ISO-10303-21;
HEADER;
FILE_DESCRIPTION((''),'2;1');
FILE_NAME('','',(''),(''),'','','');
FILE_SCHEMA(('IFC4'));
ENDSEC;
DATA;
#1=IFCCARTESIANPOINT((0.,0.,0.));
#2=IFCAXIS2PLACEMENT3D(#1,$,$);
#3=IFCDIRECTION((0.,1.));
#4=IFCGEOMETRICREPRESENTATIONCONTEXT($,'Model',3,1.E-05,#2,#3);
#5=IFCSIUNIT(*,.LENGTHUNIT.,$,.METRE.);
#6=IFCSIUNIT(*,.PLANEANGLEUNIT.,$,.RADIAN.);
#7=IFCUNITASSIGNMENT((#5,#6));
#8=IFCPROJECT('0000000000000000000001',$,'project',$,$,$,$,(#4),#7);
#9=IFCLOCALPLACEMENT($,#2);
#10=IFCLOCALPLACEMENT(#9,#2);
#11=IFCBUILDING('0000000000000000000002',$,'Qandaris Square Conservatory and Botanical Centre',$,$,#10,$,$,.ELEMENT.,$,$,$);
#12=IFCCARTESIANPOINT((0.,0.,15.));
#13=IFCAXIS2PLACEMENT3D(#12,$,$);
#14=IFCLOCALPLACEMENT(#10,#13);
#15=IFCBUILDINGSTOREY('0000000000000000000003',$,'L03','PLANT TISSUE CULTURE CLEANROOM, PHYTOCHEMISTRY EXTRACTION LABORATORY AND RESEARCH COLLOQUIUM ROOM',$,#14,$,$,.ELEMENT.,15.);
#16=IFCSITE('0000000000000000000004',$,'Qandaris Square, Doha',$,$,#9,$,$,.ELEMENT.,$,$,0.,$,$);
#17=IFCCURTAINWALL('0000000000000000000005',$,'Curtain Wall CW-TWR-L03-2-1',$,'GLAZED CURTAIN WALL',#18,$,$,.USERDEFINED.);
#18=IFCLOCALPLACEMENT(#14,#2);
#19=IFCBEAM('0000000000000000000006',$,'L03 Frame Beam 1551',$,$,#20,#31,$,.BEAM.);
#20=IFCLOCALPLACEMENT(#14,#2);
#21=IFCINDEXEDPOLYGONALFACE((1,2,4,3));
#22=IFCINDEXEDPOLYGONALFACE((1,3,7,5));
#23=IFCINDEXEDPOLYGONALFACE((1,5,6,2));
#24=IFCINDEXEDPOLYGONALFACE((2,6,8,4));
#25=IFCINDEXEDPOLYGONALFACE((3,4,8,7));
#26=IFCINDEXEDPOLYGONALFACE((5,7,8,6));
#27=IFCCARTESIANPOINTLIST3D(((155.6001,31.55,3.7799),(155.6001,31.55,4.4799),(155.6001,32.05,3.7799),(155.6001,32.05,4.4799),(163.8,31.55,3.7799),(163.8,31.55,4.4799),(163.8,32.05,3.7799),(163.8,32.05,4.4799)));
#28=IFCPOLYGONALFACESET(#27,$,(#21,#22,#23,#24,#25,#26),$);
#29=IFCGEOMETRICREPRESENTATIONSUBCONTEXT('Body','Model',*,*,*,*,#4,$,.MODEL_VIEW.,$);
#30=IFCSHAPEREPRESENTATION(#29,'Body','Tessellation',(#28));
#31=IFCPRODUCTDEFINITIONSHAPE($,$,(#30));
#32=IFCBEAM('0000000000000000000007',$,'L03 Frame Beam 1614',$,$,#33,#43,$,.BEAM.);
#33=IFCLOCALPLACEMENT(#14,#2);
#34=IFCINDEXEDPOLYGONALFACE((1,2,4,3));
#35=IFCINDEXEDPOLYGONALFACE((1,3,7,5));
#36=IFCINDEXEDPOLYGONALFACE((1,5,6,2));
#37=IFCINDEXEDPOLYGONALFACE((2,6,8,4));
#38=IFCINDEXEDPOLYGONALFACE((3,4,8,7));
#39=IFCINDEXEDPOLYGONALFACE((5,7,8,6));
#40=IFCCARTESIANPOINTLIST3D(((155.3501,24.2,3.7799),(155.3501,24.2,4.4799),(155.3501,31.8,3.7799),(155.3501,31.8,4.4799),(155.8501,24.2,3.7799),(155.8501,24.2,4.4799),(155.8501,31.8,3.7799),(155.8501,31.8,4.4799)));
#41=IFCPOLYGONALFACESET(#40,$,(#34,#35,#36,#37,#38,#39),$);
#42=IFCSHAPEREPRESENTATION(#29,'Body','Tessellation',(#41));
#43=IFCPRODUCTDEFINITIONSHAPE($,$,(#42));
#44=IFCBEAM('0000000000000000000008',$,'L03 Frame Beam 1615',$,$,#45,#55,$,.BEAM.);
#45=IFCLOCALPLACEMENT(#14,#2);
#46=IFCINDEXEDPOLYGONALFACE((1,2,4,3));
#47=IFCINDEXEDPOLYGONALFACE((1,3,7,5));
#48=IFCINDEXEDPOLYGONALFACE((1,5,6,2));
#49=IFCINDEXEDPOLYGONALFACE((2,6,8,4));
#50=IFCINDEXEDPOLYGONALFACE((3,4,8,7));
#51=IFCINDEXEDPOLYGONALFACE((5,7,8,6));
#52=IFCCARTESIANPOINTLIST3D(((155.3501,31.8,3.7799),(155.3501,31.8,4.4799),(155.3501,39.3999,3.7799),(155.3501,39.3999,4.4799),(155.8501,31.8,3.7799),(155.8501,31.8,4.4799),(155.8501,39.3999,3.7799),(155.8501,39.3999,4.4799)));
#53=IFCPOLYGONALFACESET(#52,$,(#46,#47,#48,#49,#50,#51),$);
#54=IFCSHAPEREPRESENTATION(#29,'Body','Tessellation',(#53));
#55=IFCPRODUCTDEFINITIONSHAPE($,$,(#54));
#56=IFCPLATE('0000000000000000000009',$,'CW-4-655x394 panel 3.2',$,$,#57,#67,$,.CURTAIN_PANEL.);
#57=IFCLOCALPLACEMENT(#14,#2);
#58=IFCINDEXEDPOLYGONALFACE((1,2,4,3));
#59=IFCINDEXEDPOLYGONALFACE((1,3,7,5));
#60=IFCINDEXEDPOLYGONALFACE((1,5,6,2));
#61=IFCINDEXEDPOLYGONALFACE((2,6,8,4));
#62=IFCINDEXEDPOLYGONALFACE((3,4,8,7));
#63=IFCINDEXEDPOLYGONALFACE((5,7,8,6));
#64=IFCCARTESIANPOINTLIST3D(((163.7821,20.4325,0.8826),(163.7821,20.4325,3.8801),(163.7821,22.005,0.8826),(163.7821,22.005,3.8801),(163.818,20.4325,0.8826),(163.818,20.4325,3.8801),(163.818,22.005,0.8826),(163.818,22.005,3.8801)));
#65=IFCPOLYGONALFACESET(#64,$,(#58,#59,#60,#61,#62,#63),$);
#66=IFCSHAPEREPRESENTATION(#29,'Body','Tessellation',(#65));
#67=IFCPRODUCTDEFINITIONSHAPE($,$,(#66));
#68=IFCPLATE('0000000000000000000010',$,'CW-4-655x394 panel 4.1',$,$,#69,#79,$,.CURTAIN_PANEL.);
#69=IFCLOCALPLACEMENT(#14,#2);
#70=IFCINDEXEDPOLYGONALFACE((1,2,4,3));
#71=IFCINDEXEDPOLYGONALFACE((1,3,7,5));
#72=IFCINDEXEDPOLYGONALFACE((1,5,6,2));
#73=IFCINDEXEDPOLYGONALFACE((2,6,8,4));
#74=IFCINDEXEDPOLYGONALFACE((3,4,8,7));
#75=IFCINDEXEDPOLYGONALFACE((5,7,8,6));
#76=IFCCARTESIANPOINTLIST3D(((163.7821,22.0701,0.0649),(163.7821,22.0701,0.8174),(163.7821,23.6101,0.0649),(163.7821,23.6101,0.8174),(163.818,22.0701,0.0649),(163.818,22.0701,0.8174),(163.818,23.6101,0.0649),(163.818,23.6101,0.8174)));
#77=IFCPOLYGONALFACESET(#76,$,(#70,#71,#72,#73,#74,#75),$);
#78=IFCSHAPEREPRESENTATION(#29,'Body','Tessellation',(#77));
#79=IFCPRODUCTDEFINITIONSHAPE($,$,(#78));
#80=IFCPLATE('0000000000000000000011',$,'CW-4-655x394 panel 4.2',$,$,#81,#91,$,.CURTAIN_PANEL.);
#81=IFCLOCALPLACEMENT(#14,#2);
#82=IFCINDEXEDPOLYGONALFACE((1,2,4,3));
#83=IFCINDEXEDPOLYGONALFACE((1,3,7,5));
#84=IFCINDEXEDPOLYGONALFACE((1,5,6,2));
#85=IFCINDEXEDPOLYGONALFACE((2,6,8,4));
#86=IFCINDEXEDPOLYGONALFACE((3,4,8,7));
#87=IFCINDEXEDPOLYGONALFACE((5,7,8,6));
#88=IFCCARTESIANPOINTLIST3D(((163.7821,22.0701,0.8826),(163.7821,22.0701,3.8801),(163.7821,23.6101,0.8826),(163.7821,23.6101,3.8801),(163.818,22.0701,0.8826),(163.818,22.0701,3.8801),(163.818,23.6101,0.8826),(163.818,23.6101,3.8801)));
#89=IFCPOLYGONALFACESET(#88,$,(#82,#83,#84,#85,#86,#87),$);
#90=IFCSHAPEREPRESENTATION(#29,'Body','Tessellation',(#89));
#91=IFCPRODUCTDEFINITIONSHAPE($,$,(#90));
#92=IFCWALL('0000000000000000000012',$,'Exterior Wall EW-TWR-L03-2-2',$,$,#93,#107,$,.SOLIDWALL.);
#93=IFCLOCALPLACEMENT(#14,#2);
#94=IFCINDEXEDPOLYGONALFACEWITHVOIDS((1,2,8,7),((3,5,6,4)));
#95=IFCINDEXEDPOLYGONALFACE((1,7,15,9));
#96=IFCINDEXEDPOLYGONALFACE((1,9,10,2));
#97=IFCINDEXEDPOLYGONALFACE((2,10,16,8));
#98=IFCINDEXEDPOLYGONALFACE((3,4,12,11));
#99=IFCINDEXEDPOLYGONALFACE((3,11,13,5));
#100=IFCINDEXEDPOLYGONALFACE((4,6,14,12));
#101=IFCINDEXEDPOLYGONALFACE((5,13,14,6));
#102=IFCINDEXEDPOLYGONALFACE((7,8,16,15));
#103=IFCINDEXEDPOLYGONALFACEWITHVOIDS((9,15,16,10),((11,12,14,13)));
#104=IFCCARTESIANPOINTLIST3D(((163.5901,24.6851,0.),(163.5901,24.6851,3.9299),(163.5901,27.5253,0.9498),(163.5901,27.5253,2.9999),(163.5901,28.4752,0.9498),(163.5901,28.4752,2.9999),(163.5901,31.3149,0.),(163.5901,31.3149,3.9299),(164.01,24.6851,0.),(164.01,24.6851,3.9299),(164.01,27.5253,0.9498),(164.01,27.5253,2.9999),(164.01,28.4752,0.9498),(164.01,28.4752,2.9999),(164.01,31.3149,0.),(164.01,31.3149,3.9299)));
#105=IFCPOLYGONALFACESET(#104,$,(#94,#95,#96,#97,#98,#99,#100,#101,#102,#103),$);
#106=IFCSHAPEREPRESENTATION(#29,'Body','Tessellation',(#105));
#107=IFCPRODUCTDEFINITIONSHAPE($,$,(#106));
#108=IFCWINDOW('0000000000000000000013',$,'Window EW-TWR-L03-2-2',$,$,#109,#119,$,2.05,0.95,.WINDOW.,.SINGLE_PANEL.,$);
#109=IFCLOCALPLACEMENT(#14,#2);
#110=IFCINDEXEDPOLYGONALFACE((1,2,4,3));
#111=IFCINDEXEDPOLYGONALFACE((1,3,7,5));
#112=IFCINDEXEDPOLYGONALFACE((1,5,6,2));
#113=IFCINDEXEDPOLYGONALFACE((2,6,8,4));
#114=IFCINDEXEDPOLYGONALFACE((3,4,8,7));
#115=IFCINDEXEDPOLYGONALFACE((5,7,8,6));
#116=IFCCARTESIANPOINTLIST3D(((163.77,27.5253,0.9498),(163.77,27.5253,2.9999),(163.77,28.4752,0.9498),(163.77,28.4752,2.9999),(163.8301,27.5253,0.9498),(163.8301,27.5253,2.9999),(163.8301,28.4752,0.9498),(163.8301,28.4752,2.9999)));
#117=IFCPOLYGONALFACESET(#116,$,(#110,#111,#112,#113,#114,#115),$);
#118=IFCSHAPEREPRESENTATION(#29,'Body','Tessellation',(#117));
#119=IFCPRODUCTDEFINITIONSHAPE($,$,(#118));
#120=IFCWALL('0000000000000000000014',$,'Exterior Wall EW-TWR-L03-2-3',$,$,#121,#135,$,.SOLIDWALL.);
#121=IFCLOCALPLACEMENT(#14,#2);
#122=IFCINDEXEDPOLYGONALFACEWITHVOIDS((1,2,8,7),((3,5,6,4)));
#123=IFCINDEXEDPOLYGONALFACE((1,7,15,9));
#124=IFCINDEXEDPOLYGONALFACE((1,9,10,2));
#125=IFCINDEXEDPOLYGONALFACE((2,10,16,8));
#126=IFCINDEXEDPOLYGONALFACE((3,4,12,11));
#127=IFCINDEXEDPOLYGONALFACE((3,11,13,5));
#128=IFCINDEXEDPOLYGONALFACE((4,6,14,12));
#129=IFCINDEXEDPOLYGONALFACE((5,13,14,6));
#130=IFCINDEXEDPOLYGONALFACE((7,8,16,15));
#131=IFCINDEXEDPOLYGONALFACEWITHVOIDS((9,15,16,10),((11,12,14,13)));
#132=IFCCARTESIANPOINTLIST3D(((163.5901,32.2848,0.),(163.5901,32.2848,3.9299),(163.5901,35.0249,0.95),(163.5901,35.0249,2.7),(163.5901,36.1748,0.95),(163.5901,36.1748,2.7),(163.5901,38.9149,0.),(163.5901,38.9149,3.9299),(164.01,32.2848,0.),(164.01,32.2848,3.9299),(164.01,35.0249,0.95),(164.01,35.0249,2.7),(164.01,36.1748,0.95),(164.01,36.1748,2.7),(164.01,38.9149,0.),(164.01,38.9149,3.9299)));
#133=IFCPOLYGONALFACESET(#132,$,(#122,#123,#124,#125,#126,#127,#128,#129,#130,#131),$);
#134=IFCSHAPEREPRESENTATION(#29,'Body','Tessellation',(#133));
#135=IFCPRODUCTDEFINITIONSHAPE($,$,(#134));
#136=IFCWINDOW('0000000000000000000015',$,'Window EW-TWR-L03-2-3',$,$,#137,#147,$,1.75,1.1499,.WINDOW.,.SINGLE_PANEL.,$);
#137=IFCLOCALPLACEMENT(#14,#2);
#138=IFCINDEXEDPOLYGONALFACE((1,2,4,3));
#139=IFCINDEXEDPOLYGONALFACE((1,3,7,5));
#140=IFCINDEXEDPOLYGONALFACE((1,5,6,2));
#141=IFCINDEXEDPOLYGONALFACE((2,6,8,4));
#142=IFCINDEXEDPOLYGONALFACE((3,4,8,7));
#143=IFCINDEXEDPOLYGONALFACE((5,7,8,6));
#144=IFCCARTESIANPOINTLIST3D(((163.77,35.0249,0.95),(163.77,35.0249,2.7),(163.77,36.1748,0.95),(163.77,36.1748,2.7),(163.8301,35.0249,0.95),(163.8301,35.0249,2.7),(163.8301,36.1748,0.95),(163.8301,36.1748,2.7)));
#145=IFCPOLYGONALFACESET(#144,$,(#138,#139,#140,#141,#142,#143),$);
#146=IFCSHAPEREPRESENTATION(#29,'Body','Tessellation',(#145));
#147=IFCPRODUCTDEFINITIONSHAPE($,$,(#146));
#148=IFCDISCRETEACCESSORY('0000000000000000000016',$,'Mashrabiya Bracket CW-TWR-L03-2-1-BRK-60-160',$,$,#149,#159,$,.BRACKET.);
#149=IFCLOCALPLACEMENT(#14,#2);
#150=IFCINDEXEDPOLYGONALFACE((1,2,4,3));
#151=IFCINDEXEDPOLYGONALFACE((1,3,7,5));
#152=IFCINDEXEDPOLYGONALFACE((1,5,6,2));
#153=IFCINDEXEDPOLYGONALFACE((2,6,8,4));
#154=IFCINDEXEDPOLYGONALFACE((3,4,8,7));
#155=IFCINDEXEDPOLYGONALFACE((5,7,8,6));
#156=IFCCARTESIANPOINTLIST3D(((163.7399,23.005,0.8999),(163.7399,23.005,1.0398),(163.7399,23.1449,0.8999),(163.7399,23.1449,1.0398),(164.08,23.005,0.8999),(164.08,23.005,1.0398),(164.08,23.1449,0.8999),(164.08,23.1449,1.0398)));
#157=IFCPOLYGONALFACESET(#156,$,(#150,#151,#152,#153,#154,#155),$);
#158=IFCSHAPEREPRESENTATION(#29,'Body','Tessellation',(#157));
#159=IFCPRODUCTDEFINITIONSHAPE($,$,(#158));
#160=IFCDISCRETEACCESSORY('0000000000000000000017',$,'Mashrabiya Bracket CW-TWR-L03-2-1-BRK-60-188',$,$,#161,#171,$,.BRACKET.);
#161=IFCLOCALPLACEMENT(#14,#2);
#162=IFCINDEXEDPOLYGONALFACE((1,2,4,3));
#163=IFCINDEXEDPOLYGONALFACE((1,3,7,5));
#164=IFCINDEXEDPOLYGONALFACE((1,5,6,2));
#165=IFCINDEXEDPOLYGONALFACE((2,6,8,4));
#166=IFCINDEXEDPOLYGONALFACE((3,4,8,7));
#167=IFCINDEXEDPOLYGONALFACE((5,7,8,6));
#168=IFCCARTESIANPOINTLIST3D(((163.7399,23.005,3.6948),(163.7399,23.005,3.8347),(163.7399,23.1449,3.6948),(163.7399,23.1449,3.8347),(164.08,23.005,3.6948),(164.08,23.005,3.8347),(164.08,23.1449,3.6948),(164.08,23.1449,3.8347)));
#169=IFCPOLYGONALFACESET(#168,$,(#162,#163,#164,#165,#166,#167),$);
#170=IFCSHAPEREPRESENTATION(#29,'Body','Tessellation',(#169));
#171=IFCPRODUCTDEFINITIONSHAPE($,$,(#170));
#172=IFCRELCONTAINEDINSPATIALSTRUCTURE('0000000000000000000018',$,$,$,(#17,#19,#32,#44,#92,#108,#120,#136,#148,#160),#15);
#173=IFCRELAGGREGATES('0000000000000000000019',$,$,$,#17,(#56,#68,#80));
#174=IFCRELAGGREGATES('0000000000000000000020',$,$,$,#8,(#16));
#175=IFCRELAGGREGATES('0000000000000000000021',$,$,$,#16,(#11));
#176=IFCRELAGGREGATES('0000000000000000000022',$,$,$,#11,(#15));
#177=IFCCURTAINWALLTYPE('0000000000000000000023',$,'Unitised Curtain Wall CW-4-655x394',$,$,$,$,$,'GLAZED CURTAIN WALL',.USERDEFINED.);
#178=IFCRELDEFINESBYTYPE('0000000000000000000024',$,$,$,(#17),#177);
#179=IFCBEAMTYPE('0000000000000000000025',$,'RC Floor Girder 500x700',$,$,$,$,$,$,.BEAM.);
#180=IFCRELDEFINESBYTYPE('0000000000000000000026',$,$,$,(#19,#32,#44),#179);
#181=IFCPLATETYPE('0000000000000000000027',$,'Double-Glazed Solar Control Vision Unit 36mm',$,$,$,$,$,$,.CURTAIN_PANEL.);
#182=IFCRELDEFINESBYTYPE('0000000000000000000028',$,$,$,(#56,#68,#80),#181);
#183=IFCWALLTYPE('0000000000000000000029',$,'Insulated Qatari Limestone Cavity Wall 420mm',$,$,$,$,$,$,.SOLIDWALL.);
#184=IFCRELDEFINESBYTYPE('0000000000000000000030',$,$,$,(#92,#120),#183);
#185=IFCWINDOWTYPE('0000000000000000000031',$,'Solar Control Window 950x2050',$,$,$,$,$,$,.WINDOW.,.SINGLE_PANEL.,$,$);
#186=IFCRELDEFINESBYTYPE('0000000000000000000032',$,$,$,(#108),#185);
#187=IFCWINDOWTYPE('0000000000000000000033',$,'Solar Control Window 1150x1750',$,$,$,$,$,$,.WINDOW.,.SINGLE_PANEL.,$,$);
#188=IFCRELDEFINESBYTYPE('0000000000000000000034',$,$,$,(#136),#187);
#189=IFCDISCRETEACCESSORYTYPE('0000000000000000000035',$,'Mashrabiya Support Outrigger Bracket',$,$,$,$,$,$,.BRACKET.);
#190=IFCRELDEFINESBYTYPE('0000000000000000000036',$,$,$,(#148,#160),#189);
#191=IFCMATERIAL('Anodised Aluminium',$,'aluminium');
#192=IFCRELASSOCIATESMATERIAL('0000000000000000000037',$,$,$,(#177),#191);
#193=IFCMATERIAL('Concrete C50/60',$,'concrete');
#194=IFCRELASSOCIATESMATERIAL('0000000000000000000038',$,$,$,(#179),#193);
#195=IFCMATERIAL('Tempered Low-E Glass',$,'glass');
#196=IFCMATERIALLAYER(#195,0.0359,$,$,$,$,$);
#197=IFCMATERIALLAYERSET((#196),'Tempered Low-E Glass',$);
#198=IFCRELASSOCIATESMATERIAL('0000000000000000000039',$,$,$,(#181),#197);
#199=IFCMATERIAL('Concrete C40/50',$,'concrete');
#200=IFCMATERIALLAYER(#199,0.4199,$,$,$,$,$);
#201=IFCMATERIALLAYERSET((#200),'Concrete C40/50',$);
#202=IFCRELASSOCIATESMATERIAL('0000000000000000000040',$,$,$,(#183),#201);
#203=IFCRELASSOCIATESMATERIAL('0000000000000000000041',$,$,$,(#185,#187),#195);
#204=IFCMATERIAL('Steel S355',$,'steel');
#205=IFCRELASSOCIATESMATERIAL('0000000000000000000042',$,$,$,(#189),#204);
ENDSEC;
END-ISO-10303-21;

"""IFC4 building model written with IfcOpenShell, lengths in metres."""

from ifc_helpers import new_model, si_unit, direction, frame, frame_2d, origin, origin_2d, place, context, subcontext, project, spatial, rectangle, extrude, material, layer, layer_set, material_profile, profile_set, type_object, element, fill, aggregate, save


model = new_model("IFC4")

# Units and contexts
model_context = context("Model", 3, precision=1e-05, world=origin(), true_north=direction((0.0, 1.0)))
body_context = subcontext(model_context, "Body", "Model", "MODEL_VIEW")
ifc_project = project(units=[si_unit("LENGTHUNIT", "METRE"), si_unit("PLANEANGLEUNIT", "RADIAN")], contexts=[model_context])

# Site, building, storey
site_placement = place(None, origin())
site = spatial("IfcSite", under=ifc_project, at=site_placement, Name="Qandaris Square, Doha", CompositionType="ELEMENT", RefElevation=0.0)
building_placement = place(site_placement, origin())
building = spatial("IfcBuilding", under=site, at=building_placement, Name="Qandaris Square Conservatory and Botanical Centre", CompositionType="ELEMENT")
storey_placement = place(building_placement, frame((0.0, 0.0, 15.0)))
storey = spatial("IfcBuildingStorey", under=building, at=storey_placement, Name="L03", Description="PLANT TISSUE CULTURE CLEANROOM, PHYTOCHEMISTRY EXTRACTION LABORATORY AND RESEARCH COLLOQUIUM ROOM", CompositionType="ELEMENT", Elevation=15.0)

# Shared definitions
ifc_material_1 = material(Name="Concrete C50/60", Category="concrete")

# Shared definitions
ifc_material_2 = material(Name="Steel S355", Category="steel")

# Curtain wall
ifc_material_3 = material(Name="Anodised Aluminium", Category="aluminium")
curtain_wall_type = type_object("IfcCurtainWallType", Name="Unitised Curtain Wall CW-4-655x394", ElementType="GLAZED CURTAIN WALL", PredefinedType="USERDEFINED", material=ifc_material_3)
curtain_wall_placement = place(storey_placement, origin())
curtain_wall = element("IfcCurtainWall", 1, at=curtain_wall_placement, inside=storey, type_object=curtain_wall_type, Name="Curtain Wall CW-TWR-L03-2-1", ObjectType="GLAZED CURTAIN WALL", PredefinedType="USERDEFINED")

# Beams
ifc_material_profile_1 = material_profile(ifc_material_1, rectangle(XDim=0.5, YDim=0.7, at=origin_2d()), Name="RC-BM 500x700")
ifc_profile_set_1 = profile_set([ifc_material_profile_1], Name="Concrete C50/60")
beam_type_1 = type_object("IfcBeamType", Name="RC Floor Girder 500x700", PredefinedType="BEAM", material=ifc_profile_set_1)
for number, where, z_axis, x_axis, name in (
    (2, (155.6001, 31.8, 4.1299), (1.0, 0.0, 0.0), (0.0, 1.0, 0.0), "L03 Frame Beam 1551"),
):
    element("IfcBeam", number, at=place(storey_placement, frame(where, z_axis=z_axis, x_axis=x_axis)), inside=storey, type_object=beam_type_1, Name=name, PredefinedType="BEAM", context=body_context, shape_type="SweptSolid", body=[
        extrude(rectangle(XDim=0.5, YDim=0.7, at=origin_2d()), origin(), (0.0, 0.0, 1.0), 8.2),
    ])
beam_1_placement = place(storey_placement, frame((155.6001, 24.2, 4.1299), z_axis=(0.0, 1.0, 0.0), x_axis=(-1.0, 0.0, 0.0)))
element("IfcBeam", 3, at=beam_1_placement, inside=storey, type_object=beam_type_1, Name="L03 Frame Beam 1614", PredefinedType="BEAM", context=body_context, shape_type="SweptSolid", body=[
    extrude(rectangle(XDim=0.5, YDim=0.7, at=origin_2d()), origin(), (0.0, 0.0, 1.0), 7.6001),
])
beam_2_placement = place(storey_placement, frame((155.6001, 31.8, 4.1299), z_axis=(0.0, 1.0, 0.0), x_axis=(-1.0, 0.0, 0.0)))
element("IfcBeam", 4, at=beam_2_placement, inside=storey, type_object=beam_type_1, Name="L03 Frame Beam 1615", PredefinedType="BEAM", context=body_context, shape_type="SweptSolid", body=[
    extrude(rectangle(XDim=0.5, YDim=0.7, at=origin_2d()), origin(), (0.0, 0.0, 1.0), 7.5999),
])

# Plates
ifc_material_4 = material(Name="Tempered Low-E Glass", Category="glass")
ifc_layer_1 = layer(ifc_material_4, 0.0359)
ifc_layer_set_1 = layer_set([ifc_layer_1], Name="Tempered Low-E Glass")
plate_type = type_object("IfcPlateType", Name="Double-Glazed Solar Control Vision Unit 36mm", PredefinedType="CURTAIN_PANEL", material=ifc_layer_set_1)
plate_1_placement = place(storey_placement, frame((163.8, 21.2188, 0.8826), z_axis=(0.0, 0.0, 1.0), x_axis=(0.0, 1.0, 0.0)))
plate_1 = element("IfcPlate", 5, at=plate_1_placement, type_object=plate_type, Name="CW-4-655x394 panel 3.2", PredefinedType="CURTAIN_PANEL", context=body_context, shape_type="SweptSolid", body=[
    extrude(rectangle(XDim=1.5725, YDim=0.0359, at=origin_2d()), origin(), (0.0, 0.0, 1.0), 2.9976),
])
plate_2_placement = place(storey_placement, frame((163.8, 22.8401, 0.0649), z_axis=(0.0, 0.0, 1.0), x_axis=(0.0, 1.0, 0.0)))
plate_2 = element("IfcPlate", 6, at=plate_2_placement, type_object=plate_type, Name="CW-4-655x394 panel 4.1", PredefinedType="CURTAIN_PANEL", context=body_context, shape_type="SweptSolid", body=[
    extrude(rectangle(XDim=1.54, YDim=0.0359, at=origin_2d()), origin(), (0.0, 0.0, 1.0), 0.7524),
])
plate_3_placement = place(storey_placement, frame((163.8, 22.8401, 0.8826), z_axis=(0.0, 0.0, 1.0), x_axis=(0.0, 1.0, 0.0)))
plate_3 = element("IfcPlate", 7, at=plate_3_placement, type_object=plate_type, Name="CW-4-655x394 panel 4.2", PredefinedType="CURTAIN_PANEL", context=body_context, shape_type="SweptSolid", body=[
    extrude(rectangle(XDim=1.54, YDim=0.0359, at=origin_2d()), origin(), (0.0, 0.0, 1.0), 2.9976),
])
aggregate(curtain_wall, [plate_1, plate_2, plate_3])

# Walls, openings, windows
ifc_material_5 = material(Name="Concrete C40/50", Category="concrete")
ifc_layer_2 = layer(ifc_material_5, 0.4199)
ifc_layer_set_2 = layer_set([ifc_layer_2], Name="Concrete C40/50")
wall_type = type_object("IfcWallType", Name="Insulated Qatari Limestone Cavity Wall 420mm", PredefinedType="SOLIDWALL", material=ifc_layer_set_2)
wall_1_placement = place(storey_placement, frame((163.8, 24.6851, 0.0), z_axis=(0.0, 0.0, 1.0), x_axis=(0.0, 1.0, 0.0)))
wall_1 = element("IfcWall", 8, at=wall_1_placement, inside=storey, type_object=wall_type, Name="Exterior Wall EW-TWR-L03-2-2", PredefinedType="SOLIDWALL", context=body_context, shape_type="SweptSolid", body=[
    extrude(rectangle(XDim=6.6299, YDim=0.4199, at=frame_2d((3.3149, 0.0))), origin(), (0.0, 0.0, 1.0), 3.9299),
])
opening_1_placement = place(wall_1_placement, frame((2.8401, 0.0, 0.95)))
opening_1 = element("IfcOpeningElement", 9, at=opening_1_placement, cuts=wall_1, PredefinedType="OPENING", context=body_context, shape_type="SweptSolid", body=[
    extrude(rectangle(XDim=0.95, YDim=2.05, at=frame_2d((0.4751, 1.0249))), frame((0.0, 0.2219, 0.0), z_axis=(0.0, -1.0, 0.0), x_axis=(1.0, 0.0, 0.0)), (0.0, 0.0, 1.0), 0.4438),
])
window_type_1 = type_object("IfcWindowType", Name="Solar Control Window 950x2050", PartitioningType="SINGLE_PANEL", PredefinedType="WINDOW", material=ifc_material_4)
window_1_placement = place(opening_1_placement, origin())
window_1 = element("IfcWindow", 10, at=window_1_placement, inside=storey, type_object=window_type_1, Name="Window EW-TWR-L03-2-2", OverallHeight=2.05, OverallWidth=0.95, PartitioningType="SINGLE_PANEL", PredefinedType="WINDOW", context=body_context, shape_type="SweptSolid", body=[
    extrude(rectangle(XDim=0.95, YDim=2.05, at=frame_2d((0.4751, 1.0249))), frame((0.0, 0.03, 0.0), z_axis=(0.0, -1.0, 0.0), x_axis=(1.0, 0.0, 0.0)), (0.0, 0.0, 1.0), 0.0601),
])
fill(opening_1, window_1)
wall_2_placement = place(storey_placement, frame((163.8, 32.2849, 0.0), z_axis=(0.0, 0.0, 1.0), x_axis=(0.0, 1.0, 0.0)))
wall_2 = element("IfcWall", 11, at=wall_2_placement, inside=storey, type_object=wall_type, Name="Exterior Wall EW-TWR-L03-2-3", PredefinedType="SOLIDWALL", context=body_context, shape_type="SweptSolid", body=[
    extrude(rectangle(XDim=6.6301, YDim=0.4199, at=frame_2d((3.3149, 0.0))), origin(), (0.0, 0.0, 1.0), 3.9299),
])
opening_2_placement = place(wall_2_placement, frame((2.74, 0.0, 0.95)))
opening_2 = element("IfcOpeningElement", 12, at=opening_2_placement, cuts=wall_2, PredefinedType="OPENING", context=body_context, shape_type="SweptSolid", body=[
    extrude(rectangle(XDim=1.1499, YDim=1.75, at=frame_2d((0.575, 0.875))), frame((0.0, 0.2219, 0.0), z_axis=(0.0, -1.0, 0.0), x_axis=(1.0, 0.0, 0.0)), (0.0, 0.0, 1.0), 0.4438),
])
window_type_2 = type_object("IfcWindowType", Name="Solar Control Window 1150x1750", PartitioningType="SINGLE_PANEL", PredefinedType="WINDOW", material=ifc_material_4)
window_2_placement = place(opening_2_placement, origin())
window_2 = element("IfcWindow", 13, at=window_2_placement, inside=storey, type_object=window_type_2, Name="Window EW-TWR-L03-2-3", OverallHeight=1.75, OverallWidth=1.1499, PartitioningType="SINGLE_PANEL", PredefinedType="WINDOW", context=body_context, shape_type="SweptSolid", body=[
    extrude(rectangle(XDim=1.1499, YDim=1.75, at=frame_2d((0.575, 0.875))), frame((0.0, 0.03, 0.0), z_axis=(0.0, -1.0, 0.0), x_axis=(1.0, 0.0, 0.0)), (0.0, 0.0, 1.0), 0.0601),
])
fill(opening_2, window_2)

# Discrete accessories
discrete_accessory_type = type_object("IfcDiscreteAccessoryType", Name="Mashrabiya Support Outrigger Bracket", PredefinedType="BRACKET", material=ifc_material_2)
for number, where, z_axis, x_axis, name in (
    (14, (163.9099, 23.075, 0.8999), (0.0, 0.0, 1.0), (0.0, 1.0, 0.0), "Mashrabiya Bracket CW-TWR-L03-2-1-BRK-60-160"),
    (15, (163.9099, 23.075, 3.6948), (0.0, 0.0, 1.0), (0.0, 1.0, 0.0), "Mashrabiya Bracket CW-TWR-L03-2-1-BRK-60-188"),
):
    element("IfcDiscreteAccessory", number, at=place(storey_placement, frame(where, z_axis=z_axis, x_axis=x_axis)), inside=storey, type_object=discrete_accessory_type, Name=name, PredefinedType="BRACKET", context=body_context, shape_type="SweptSolid", body=[
        extrude(rectangle(XDim=0.1399, YDim=0.3401, at=origin_2d()), origin(), (0.0, 0.0, 1.0), 0.1399),
    ])

save(model, "model.ifc")
